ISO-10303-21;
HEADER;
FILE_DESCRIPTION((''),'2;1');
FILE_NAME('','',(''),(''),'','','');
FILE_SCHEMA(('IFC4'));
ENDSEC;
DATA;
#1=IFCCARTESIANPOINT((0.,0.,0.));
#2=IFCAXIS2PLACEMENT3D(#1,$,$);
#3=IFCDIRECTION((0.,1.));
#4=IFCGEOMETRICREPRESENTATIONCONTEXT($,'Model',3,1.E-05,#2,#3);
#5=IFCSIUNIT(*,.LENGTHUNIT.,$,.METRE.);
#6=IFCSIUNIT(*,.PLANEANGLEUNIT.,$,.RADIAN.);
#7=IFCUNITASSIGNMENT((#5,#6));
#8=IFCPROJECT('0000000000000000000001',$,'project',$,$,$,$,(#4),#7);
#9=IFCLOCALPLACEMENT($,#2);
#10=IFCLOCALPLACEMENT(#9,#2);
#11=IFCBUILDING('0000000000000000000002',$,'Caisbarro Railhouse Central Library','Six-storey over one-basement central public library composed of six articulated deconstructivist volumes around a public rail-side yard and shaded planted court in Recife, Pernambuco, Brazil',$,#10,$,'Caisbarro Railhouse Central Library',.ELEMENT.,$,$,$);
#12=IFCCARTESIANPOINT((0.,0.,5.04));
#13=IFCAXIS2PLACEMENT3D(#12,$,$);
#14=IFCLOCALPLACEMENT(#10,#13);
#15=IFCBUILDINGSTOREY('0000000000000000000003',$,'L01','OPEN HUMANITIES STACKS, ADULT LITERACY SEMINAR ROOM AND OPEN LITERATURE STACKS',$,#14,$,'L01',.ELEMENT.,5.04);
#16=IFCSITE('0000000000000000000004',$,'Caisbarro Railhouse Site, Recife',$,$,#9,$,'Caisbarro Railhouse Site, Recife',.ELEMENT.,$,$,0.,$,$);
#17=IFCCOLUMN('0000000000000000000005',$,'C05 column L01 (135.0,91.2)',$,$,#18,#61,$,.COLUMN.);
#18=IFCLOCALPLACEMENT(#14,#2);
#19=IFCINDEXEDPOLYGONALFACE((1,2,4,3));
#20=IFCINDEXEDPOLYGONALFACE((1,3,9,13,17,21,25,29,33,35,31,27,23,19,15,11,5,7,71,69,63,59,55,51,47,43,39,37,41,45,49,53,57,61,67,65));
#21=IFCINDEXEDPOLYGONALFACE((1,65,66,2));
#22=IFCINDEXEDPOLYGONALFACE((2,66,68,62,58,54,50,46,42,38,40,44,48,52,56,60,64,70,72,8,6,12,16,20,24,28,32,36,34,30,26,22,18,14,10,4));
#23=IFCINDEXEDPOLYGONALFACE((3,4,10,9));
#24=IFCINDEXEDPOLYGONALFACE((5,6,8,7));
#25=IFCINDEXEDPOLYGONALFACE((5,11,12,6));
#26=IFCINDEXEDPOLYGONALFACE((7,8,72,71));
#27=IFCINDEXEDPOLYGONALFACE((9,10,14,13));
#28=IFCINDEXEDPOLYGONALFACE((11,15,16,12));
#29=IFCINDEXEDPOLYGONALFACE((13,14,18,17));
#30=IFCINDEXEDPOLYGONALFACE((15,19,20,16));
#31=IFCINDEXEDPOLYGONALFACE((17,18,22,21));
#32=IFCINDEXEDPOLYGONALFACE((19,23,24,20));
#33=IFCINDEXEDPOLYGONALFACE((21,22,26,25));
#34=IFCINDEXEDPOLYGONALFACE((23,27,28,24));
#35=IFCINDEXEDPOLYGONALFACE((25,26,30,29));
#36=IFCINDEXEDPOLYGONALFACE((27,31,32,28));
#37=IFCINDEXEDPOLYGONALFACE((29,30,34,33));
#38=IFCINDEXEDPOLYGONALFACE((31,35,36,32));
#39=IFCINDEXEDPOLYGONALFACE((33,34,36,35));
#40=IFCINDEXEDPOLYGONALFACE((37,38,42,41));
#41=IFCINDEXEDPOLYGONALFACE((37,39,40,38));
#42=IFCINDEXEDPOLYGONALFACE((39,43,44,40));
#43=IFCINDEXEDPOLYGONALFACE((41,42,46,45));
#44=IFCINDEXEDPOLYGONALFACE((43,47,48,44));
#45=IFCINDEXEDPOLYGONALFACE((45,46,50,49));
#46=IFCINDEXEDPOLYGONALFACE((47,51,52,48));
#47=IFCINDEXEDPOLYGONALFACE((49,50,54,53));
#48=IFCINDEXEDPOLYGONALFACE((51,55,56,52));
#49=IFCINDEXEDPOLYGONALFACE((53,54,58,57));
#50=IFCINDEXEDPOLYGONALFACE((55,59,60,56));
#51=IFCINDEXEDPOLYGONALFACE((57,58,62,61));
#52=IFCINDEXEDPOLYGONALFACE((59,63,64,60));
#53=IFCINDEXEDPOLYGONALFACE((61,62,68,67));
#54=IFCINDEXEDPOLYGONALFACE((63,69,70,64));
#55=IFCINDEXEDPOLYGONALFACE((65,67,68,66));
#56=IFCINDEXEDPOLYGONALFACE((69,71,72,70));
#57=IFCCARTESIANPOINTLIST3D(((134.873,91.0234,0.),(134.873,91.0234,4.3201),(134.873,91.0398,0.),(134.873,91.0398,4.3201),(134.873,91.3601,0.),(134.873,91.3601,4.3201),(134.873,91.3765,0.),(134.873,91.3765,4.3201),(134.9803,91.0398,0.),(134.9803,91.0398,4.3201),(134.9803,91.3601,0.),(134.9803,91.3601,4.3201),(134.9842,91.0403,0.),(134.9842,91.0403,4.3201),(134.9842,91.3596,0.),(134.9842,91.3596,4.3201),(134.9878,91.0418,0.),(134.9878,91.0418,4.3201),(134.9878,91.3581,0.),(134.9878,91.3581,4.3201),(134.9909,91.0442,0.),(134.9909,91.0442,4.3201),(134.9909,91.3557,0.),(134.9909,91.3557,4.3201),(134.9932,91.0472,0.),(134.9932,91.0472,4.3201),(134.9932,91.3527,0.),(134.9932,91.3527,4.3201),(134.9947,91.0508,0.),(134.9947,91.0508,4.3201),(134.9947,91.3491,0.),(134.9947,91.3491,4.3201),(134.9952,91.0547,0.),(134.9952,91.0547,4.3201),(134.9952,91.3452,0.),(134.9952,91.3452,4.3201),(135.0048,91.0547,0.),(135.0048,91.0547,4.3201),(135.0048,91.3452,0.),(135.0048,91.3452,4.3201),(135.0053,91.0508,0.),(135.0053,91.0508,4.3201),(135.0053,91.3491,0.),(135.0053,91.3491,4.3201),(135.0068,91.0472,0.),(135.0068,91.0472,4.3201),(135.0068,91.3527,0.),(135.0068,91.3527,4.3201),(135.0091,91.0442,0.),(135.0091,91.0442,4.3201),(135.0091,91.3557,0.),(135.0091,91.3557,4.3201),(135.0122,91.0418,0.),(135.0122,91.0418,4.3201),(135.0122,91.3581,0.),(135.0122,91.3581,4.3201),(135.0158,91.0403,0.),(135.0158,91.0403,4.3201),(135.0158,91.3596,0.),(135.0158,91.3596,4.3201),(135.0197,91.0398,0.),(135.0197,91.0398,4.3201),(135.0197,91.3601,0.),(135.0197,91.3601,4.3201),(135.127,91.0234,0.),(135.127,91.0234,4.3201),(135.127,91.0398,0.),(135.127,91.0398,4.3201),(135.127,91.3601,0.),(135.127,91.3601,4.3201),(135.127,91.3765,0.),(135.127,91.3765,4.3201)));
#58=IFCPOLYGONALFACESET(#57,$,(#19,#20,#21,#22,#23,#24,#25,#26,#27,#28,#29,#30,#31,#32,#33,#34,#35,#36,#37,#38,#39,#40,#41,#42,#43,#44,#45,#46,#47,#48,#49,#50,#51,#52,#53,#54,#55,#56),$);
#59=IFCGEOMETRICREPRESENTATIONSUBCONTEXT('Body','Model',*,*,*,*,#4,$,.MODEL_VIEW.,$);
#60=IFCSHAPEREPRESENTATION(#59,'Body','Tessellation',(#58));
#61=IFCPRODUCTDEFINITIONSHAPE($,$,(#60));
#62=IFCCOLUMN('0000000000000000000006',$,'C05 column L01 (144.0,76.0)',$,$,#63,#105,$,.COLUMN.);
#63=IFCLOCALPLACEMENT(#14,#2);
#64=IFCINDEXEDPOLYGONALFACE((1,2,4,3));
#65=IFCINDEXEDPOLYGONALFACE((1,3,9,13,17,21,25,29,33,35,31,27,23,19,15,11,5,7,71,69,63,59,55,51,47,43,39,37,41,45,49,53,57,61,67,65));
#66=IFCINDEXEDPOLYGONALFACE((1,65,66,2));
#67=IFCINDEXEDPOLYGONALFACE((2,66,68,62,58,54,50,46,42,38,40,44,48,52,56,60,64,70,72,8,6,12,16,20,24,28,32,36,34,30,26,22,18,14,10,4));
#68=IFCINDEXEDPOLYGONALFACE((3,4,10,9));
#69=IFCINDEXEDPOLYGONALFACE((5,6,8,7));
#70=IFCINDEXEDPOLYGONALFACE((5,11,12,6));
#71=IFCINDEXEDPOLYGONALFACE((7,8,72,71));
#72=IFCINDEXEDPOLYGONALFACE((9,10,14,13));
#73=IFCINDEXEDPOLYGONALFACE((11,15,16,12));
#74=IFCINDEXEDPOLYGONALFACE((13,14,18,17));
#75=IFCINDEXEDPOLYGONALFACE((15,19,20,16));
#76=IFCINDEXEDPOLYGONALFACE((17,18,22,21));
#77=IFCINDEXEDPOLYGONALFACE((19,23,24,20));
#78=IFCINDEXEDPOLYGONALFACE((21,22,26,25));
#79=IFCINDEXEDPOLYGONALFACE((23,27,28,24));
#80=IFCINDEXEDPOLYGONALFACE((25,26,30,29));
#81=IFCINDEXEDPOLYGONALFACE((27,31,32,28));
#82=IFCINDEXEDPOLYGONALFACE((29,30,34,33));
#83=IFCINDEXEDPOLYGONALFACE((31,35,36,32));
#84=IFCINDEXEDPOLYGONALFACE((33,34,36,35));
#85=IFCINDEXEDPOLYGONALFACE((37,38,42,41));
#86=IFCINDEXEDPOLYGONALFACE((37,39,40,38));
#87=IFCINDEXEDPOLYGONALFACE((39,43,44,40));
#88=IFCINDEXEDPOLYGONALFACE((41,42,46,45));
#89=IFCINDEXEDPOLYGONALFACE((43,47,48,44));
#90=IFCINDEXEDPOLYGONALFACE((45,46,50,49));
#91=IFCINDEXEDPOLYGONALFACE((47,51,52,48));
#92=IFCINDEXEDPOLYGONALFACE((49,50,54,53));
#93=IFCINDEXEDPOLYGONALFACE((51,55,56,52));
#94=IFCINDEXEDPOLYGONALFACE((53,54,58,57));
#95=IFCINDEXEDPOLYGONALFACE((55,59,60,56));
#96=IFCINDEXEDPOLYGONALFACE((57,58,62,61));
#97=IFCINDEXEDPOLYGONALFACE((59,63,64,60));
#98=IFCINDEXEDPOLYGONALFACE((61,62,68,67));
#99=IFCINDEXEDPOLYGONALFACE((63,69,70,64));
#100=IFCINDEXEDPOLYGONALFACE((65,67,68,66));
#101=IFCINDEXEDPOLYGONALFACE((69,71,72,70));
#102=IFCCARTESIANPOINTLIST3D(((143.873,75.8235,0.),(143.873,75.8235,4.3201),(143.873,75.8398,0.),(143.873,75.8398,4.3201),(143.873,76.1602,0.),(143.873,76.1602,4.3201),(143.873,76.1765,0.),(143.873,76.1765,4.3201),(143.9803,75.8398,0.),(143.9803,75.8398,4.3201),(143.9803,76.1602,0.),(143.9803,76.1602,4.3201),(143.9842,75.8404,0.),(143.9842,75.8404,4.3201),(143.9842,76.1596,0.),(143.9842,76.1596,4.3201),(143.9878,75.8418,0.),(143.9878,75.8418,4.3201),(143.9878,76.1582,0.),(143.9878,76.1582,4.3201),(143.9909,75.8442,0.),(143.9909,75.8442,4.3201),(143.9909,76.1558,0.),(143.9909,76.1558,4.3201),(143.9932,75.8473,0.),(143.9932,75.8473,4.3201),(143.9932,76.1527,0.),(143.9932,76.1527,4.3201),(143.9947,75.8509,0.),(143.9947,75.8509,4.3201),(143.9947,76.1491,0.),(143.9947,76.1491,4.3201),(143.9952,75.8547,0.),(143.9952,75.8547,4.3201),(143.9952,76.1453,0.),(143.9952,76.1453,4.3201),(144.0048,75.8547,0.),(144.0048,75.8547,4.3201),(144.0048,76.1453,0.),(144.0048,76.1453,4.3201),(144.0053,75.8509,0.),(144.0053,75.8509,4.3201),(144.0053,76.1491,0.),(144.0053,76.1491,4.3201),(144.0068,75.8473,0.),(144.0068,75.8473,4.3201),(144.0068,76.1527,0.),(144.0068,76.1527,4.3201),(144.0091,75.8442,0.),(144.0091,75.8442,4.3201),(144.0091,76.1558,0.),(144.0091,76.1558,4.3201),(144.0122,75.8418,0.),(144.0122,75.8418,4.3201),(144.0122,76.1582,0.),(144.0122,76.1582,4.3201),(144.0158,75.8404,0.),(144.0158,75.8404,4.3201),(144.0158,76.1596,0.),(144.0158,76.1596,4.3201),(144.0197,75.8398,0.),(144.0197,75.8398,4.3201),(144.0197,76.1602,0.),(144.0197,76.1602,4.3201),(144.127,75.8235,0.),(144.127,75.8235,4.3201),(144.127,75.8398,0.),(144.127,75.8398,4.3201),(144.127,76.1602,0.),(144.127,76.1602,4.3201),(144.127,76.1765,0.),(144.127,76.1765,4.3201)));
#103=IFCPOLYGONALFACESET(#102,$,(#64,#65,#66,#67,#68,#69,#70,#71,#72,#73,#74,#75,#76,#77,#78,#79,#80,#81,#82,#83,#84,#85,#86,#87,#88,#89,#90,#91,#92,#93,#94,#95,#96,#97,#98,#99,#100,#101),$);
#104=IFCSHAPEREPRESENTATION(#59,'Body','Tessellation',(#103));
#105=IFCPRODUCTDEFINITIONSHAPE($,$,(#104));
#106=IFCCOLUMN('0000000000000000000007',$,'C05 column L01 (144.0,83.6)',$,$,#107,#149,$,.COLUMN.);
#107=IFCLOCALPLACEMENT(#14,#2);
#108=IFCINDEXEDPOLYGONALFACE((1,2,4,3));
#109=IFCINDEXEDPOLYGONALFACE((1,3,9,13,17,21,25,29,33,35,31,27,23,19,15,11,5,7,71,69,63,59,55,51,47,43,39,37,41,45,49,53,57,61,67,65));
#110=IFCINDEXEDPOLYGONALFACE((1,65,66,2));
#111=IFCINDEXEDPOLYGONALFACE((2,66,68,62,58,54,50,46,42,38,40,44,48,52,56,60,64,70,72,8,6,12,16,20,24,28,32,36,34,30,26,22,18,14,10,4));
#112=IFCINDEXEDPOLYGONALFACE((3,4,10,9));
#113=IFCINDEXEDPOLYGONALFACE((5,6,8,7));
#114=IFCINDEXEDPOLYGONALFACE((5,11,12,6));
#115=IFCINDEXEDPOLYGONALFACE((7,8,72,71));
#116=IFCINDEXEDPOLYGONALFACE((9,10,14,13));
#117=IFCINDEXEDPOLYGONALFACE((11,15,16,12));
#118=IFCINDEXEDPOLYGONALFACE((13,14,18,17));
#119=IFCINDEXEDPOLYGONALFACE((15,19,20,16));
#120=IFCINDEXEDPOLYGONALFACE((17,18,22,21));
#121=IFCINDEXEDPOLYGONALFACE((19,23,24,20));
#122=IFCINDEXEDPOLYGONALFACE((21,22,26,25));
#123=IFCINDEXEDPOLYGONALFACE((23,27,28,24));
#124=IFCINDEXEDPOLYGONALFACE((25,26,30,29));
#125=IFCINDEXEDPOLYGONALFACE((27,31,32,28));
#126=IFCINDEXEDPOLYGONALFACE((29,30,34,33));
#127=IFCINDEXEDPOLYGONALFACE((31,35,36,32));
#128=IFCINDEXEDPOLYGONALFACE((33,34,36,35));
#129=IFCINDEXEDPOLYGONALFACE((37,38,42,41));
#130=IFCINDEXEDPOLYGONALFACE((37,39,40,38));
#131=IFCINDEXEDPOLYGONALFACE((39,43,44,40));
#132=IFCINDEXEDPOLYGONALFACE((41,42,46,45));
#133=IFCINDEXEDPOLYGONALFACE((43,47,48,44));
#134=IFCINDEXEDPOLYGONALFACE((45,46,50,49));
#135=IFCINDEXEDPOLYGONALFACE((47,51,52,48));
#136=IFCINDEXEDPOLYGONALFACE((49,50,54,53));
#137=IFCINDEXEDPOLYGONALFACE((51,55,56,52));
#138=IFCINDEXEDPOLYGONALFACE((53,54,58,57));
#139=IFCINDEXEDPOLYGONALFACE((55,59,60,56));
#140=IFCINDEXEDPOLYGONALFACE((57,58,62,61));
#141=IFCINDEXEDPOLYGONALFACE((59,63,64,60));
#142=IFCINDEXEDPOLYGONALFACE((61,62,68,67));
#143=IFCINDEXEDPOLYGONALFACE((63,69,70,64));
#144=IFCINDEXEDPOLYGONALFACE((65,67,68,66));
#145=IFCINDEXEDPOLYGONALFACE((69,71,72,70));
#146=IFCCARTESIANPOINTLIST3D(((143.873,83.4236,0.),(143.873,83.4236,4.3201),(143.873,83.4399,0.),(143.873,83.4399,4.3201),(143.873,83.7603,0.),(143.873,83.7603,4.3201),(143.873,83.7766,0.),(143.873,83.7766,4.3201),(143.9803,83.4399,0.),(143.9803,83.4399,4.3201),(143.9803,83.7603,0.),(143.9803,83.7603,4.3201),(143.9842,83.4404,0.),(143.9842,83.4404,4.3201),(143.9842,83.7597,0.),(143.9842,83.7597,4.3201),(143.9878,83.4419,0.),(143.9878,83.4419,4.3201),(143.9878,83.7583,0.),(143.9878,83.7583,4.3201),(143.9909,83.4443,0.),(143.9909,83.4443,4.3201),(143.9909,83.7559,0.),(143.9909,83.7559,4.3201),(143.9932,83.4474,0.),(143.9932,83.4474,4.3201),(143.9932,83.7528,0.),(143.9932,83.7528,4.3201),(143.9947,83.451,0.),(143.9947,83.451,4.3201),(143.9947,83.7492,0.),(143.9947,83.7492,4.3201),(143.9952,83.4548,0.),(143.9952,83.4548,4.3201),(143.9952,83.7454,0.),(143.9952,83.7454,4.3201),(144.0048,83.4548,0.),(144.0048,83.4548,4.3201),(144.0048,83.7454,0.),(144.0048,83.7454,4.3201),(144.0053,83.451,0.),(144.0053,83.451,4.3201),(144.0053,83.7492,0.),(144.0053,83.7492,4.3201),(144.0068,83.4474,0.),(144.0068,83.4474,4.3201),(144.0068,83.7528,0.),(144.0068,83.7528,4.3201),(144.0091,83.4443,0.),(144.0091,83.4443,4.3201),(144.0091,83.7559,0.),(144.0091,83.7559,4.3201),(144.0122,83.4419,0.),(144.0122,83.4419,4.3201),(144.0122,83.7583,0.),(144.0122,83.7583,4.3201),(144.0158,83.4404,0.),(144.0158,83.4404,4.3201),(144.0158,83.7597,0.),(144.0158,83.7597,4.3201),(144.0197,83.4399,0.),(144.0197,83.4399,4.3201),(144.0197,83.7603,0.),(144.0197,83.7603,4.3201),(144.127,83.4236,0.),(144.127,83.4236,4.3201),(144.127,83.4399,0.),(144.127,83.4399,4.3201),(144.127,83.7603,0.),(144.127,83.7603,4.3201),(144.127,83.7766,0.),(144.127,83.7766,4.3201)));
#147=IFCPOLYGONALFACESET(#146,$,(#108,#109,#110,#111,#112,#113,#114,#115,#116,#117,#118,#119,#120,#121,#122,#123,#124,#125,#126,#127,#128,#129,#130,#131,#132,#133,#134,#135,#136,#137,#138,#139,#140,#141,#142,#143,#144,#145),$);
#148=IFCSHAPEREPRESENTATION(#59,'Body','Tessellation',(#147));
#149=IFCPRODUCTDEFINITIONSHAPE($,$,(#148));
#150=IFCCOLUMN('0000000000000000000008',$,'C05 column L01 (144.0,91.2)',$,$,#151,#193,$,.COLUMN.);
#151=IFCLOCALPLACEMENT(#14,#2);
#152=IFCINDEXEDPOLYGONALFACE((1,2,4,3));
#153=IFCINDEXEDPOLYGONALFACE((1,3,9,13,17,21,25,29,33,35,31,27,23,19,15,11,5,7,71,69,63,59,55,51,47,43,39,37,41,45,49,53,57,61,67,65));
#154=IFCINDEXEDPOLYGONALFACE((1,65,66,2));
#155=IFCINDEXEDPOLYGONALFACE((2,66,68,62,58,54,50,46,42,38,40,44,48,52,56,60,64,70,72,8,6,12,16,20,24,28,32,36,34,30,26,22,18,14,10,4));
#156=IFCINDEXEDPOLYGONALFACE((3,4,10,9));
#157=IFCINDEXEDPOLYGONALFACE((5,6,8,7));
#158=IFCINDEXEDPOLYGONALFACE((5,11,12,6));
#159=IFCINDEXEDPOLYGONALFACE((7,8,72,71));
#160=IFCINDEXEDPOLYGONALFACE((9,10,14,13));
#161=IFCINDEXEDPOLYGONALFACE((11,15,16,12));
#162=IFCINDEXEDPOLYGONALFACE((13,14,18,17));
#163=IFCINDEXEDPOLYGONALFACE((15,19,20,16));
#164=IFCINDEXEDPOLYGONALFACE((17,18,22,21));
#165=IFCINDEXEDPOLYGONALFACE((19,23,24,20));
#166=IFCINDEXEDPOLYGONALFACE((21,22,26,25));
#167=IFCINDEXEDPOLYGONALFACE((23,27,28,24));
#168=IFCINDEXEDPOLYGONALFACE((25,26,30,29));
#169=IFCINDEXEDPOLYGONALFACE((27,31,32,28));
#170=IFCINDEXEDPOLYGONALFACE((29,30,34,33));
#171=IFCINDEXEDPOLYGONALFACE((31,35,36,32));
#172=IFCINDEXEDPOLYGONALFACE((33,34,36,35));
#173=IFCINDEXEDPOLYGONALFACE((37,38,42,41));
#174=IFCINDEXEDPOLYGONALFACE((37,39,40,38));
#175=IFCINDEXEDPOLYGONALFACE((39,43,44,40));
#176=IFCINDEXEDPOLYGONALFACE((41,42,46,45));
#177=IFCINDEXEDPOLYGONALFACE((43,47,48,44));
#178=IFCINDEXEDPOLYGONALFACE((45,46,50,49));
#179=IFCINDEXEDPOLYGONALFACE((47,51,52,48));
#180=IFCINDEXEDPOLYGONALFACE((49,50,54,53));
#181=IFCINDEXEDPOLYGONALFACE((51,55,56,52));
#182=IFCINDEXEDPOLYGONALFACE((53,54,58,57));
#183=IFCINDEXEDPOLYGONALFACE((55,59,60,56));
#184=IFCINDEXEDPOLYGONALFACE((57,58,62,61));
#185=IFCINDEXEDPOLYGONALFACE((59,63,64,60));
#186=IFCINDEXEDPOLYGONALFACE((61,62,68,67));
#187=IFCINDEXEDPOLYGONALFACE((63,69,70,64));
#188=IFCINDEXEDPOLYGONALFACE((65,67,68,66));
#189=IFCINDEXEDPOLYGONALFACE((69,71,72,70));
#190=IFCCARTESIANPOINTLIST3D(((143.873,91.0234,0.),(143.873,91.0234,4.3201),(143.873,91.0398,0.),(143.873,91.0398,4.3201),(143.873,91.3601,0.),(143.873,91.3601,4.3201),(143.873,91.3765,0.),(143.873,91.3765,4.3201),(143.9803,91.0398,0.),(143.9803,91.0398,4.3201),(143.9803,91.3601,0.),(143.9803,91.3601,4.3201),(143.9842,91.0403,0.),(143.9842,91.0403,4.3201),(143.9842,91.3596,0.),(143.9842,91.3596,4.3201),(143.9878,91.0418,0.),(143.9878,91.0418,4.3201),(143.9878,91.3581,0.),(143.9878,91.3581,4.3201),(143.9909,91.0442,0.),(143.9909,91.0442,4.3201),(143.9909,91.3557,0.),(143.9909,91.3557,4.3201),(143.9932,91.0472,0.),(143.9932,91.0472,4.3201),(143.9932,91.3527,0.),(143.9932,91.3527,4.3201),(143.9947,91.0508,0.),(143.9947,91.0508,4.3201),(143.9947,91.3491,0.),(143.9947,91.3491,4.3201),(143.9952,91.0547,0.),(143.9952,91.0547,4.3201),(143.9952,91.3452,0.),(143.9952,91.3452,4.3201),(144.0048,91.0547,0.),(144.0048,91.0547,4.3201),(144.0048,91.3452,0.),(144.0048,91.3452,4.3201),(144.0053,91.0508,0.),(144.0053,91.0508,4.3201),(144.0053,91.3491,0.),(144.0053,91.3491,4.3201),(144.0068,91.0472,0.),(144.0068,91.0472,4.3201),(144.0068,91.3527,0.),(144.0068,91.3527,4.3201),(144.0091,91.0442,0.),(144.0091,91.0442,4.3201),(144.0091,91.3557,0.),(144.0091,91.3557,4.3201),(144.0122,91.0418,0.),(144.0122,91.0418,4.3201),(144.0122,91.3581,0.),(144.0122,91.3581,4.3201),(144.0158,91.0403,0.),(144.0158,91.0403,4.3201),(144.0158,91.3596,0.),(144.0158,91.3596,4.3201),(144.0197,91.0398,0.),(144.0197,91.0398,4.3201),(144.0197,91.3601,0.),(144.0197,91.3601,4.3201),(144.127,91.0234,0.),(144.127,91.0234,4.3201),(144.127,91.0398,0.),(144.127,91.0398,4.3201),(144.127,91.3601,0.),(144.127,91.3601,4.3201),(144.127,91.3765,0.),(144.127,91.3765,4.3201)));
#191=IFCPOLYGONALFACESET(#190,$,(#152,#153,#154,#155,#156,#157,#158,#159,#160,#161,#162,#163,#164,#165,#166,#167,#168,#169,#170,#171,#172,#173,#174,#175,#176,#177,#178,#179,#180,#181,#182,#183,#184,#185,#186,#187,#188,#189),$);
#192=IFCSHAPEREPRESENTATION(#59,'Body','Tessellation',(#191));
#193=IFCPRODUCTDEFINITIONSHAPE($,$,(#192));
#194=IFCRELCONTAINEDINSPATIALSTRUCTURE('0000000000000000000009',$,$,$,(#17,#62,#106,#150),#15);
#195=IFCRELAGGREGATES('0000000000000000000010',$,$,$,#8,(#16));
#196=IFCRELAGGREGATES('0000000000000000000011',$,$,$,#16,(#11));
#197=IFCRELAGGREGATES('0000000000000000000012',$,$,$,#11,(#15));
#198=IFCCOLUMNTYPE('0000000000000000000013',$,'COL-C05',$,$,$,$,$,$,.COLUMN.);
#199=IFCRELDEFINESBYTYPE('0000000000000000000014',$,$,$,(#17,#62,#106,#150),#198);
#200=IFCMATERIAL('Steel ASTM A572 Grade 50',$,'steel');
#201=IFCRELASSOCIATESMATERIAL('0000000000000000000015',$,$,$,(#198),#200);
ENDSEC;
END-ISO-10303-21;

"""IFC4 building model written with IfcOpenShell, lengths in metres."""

from ifc_helpers import new_model, si_unit, direction, frame, origin, origin_2d, place, context, subcontext, project, spatial, i_section, extrude, material, material_profile, profile_set, type_object, element, save


model = new_model("IFC4")

# Units and contexts
model_context = context("Model", 3, precision=1e-05, world=origin(), true_north=direction((0.0, 1.0)))
body_context = subcontext(model_context, "Body", "Model", "MODEL_VIEW")
ifc_project = project(units=[si_unit("LENGTHUNIT", "METRE"), si_unit("PLANEANGLEUNIT", "RADIAN")], contexts=[model_context])

# Site, building, storey
site_placement = place(None, origin())
site = spatial("IfcSite", under=ifc_project, at=site_placement, Name="Caisbarro Railhouse Site, Recife", LongName="Caisbarro Railhouse Site, Recife", CompositionType="ELEMENT", RefElevation=0.0)
building_placement = place(site_placement, origin())
building = spatial("IfcBuilding", under=site, at=building_placement, Name="Caisbarro Railhouse Central Library", Description="Six-storey over one-basement central public library composed of six articulated deconstructivist volumes around a public rail-side yard and shaded planted court in Recife, Pernambuco, Brazil", LongName="Caisbarro Railhouse Central Library", CompositionType="ELEMENT")
storey_placement = place(building_placement, frame((0.0, 0.0, 5.04)))
storey = spatial("IfcBuildingStorey", under=building, at=storey_placement, Name="L01", Description="OPEN HUMANITIES STACKS, ADULT LITERACY SEMINAR ROOM AND OPEN LITERATURE STACKS", LongName="L01", CompositionType="ELEMENT", Elevation=5.04)

# Columns
ifc_material_1 = material(Name="Steel ASTM A572 Grade 50", Category="steel")
ifc_material_profile_1 = material_profile(ifc_material_1, i_section(OverallWidth=0.2539, OverallDepth=0.353, WebThickness=0.0095, FlangeThickness=0.0164, FilletRadius=0.0149, at=origin_2d()), Name="W360X91.0")
ifc_profile_set_1 = profile_set([ifc_material_profile_1], Name="Steel ASTM A572 Grade 50")
column_type = type_object("IfcColumnType", Name="COL-C05", PredefinedType="COLUMN", material=ifc_profile_set_1)
for number, where, z_axis, x_axis, name in (
    (1, (135.0, 91.2, 0.0), (0.0, 0.0, 1.0), (1.0, 0.0, 0.0), "C05 column L01 (135.0,91.2)"),
    (2, (144.0, 76.0, 0.0), (0.0, 0.0, 1.0), (1.0, 0.0, 0.0), "C05 column L01 (144.0,76.0)"),
    (3, (144.0, 83.6001, 0.0), (0.0, 0.0, 1.0), (1.0, 0.0, 0.0), "C05 column L01 (144.0,83.6)"),
    (4, (144.0, 91.2, 0.0), (0.0, 0.0, 1.0), (1.0, 0.0, 0.0), "C05 column L01 (144.0,91.2)"),
):
    element("IfcColumn", number, at=place(storey_placement, frame(where, z_axis=z_axis, x_axis=x_axis)), inside=storey, type_object=column_type, Name=name, PredefinedType="COLUMN", context=body_context, shape_type="SweptSolid", body=[
        extrude(i_section(OverallWidth=0.2539, OverallDepth=0.353, WebThickness=0.0095, FlangeThickness=0.0164, FilletRadius=0.0149, at=origin_2d()), origin(), (0.0, 0.0, 1.0), 4.3201),
    ])

save(model, "model.ifc")
